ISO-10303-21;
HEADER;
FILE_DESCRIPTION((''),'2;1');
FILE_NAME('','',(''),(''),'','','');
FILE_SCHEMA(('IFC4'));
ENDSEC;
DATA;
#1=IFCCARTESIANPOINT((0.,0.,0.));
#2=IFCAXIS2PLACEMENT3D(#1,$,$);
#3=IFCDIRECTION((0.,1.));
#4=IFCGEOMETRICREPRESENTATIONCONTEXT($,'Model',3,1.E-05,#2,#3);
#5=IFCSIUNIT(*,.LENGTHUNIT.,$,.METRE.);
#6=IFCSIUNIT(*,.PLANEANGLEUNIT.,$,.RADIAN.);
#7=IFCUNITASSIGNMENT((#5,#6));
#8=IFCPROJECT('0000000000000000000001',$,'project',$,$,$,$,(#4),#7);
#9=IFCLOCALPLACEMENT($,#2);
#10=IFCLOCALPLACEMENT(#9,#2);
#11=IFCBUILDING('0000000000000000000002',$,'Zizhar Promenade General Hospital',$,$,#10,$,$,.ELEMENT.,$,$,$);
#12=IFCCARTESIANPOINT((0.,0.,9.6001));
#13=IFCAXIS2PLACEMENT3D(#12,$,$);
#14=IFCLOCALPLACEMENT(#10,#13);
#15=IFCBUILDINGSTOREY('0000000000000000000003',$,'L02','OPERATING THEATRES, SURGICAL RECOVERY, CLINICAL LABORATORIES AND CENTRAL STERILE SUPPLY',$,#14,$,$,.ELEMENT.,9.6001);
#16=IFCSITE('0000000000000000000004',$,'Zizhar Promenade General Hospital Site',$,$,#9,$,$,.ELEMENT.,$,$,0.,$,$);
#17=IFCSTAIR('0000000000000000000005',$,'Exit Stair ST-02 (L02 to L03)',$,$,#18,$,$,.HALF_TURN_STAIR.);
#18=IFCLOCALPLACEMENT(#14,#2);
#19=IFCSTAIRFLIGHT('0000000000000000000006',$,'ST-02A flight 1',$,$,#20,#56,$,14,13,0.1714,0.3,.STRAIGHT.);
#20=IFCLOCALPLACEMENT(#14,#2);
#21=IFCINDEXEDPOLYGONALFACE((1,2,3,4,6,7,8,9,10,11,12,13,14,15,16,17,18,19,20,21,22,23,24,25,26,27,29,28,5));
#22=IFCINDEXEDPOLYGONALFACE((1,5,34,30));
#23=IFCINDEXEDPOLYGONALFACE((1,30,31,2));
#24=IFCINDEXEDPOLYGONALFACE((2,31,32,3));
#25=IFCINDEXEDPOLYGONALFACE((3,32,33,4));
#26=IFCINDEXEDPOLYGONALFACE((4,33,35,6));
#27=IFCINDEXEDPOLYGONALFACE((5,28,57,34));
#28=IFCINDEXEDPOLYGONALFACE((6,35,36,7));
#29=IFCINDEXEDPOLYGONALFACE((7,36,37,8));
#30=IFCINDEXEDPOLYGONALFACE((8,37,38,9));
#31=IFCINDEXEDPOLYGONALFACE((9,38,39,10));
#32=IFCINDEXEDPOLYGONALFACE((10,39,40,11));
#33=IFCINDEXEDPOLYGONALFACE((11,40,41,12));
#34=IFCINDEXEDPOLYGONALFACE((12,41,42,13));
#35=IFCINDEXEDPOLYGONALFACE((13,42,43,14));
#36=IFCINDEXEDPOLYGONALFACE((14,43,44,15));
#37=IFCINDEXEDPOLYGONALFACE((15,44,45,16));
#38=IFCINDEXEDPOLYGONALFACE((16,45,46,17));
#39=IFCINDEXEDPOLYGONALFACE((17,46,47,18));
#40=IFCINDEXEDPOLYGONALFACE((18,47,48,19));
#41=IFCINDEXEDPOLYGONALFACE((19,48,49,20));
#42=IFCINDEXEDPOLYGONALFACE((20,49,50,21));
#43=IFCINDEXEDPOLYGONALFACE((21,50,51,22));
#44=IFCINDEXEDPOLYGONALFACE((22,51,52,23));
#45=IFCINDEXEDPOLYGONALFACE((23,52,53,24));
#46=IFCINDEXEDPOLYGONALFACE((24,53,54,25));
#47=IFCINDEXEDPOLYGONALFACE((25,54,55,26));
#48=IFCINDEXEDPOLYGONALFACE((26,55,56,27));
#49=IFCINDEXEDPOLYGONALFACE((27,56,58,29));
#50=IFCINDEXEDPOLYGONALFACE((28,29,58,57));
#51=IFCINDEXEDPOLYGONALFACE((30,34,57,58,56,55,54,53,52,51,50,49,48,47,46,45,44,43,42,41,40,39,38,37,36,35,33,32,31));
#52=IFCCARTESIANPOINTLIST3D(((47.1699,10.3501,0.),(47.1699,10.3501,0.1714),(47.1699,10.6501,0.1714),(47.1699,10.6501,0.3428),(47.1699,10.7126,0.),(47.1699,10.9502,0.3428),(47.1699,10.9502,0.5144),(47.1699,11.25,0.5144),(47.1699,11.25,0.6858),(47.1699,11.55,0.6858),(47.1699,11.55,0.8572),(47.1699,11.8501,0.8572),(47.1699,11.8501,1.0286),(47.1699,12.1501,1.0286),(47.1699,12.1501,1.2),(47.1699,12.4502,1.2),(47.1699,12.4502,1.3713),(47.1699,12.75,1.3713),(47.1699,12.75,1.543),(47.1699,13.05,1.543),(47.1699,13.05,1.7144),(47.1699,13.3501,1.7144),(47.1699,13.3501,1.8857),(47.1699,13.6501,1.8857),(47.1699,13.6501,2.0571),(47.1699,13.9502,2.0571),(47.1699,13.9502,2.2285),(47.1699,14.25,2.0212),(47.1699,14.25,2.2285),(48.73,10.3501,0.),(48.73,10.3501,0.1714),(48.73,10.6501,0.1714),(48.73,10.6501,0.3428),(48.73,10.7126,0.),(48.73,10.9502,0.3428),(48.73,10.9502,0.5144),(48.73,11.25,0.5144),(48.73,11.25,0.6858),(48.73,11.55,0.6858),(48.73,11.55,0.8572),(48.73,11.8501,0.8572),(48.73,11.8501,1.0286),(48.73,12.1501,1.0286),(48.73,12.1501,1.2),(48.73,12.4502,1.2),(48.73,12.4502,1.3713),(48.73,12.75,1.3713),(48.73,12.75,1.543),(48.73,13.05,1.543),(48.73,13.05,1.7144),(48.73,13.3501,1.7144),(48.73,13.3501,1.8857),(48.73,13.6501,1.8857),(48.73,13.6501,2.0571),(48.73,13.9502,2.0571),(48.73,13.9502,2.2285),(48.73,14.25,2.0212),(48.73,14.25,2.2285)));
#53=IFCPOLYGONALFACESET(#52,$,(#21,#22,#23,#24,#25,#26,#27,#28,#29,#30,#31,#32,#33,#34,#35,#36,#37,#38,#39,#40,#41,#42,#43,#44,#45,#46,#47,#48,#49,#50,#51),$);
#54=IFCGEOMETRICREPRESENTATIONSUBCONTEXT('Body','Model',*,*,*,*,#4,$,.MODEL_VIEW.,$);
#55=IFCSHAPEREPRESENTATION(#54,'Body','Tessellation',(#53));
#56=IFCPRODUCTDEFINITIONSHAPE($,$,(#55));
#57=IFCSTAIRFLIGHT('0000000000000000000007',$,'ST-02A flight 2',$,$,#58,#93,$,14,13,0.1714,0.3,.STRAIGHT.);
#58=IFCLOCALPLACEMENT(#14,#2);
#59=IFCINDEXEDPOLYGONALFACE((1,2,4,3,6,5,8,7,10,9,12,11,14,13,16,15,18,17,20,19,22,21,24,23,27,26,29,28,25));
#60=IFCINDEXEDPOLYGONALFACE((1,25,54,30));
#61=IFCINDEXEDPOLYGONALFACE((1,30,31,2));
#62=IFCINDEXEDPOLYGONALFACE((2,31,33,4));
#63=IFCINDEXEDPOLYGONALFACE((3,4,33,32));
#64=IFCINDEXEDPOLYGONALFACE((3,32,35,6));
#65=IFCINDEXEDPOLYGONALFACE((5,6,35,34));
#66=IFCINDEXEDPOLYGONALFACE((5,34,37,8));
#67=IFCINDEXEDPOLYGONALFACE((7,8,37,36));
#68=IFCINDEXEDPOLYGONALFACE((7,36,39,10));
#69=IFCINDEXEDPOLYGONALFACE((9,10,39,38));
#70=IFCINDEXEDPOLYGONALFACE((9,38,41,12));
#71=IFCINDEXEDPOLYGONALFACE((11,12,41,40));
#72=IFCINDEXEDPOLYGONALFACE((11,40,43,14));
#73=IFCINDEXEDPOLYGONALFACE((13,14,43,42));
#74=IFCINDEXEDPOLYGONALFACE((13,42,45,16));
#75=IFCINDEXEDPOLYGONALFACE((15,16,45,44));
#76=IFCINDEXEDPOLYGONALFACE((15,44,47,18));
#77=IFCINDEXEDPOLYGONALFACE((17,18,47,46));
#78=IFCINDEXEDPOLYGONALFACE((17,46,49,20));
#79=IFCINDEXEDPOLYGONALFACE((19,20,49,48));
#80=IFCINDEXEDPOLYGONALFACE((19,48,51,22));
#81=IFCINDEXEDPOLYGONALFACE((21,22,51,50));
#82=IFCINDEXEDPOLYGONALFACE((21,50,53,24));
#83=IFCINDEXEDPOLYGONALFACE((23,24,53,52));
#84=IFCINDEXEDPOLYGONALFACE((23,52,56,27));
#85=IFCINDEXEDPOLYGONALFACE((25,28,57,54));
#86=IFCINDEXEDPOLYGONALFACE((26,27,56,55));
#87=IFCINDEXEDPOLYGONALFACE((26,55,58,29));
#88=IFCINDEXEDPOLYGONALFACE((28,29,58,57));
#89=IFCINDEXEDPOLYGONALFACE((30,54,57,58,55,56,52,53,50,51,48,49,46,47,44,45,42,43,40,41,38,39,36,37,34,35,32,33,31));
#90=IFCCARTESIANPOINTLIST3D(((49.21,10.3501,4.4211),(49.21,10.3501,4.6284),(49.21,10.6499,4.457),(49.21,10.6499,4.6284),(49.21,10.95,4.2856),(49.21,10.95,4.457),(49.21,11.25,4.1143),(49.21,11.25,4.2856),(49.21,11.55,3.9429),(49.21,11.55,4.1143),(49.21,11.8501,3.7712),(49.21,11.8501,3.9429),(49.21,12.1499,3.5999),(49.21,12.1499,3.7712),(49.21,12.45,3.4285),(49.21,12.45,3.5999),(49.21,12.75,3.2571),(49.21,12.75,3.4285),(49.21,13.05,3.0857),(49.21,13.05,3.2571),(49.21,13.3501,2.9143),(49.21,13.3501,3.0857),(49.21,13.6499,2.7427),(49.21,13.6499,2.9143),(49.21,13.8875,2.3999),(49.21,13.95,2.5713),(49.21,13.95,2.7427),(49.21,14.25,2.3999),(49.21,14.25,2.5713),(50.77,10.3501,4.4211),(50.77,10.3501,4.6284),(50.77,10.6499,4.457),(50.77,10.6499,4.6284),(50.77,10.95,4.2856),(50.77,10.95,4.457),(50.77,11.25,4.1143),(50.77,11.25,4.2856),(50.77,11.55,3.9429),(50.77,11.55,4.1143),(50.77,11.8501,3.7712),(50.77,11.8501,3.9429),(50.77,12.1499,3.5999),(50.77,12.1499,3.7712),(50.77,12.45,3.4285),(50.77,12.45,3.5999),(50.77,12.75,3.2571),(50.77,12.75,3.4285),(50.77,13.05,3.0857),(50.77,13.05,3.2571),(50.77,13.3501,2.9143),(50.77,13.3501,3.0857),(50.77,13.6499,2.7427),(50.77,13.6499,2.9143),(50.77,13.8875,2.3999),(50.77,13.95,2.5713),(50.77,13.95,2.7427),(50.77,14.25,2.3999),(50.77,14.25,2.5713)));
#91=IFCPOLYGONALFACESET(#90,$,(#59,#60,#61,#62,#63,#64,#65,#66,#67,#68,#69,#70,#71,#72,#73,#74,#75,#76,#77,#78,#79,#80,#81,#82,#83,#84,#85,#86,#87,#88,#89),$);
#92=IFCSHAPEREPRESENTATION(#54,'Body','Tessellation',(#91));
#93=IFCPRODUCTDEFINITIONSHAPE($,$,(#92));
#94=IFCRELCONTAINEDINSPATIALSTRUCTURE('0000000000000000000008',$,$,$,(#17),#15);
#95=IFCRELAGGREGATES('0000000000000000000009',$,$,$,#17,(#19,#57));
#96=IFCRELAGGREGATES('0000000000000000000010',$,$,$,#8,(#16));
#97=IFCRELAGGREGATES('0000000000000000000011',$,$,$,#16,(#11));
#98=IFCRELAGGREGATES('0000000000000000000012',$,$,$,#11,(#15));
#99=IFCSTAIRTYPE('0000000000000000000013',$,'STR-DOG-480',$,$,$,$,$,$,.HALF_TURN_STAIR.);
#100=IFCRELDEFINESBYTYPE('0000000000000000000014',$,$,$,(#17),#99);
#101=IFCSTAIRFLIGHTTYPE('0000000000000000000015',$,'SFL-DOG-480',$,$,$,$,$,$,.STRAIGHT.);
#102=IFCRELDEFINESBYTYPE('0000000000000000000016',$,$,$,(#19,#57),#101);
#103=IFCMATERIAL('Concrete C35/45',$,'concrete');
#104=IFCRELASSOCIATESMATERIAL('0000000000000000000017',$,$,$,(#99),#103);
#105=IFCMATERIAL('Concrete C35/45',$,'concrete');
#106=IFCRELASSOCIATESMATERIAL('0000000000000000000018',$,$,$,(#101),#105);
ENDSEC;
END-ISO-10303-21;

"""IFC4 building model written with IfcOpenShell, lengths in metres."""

from ifc_helpers import new_model, si_unit, direction, frame, origin, place, context, subcontext, project, spatial, polyline, outline, extrude, material, type_object, element, aggregate, save


model = new_model("IFC4")

# Units and contexts
model_context = context("Model", 3, precision=1e-05, world=origin(), true_north=direction((0.0, 1.0)))
body_context = subcontext(model_context, "Body", "Model", "MODEL_VIEW")
ifc_project = project(units=[si_unit("LENGTHUNIT", "METRE"), si_unit("PLANEANGLEUNIT", "RADIAN")], contexts=[model_context])

# Site, building, storey
site_placement = place(None, origin())
site = spatial("IfcSite", under=ifc_project, at=site_placement, Name="Zizhar Promenade General Hospital Site", CompositionType="ELEMENT", RefElevation=0.0)
building_placement = place(site_placement, origin())
building = spatial("IfcBuilding", under=site, at=building_placement, Name="Zizhar Promenade General Hospital", CompositionType="ELEMENT")
storey_placement = place(building_placement, frame((0.0, 0.0, 9.6001)))
storey = spatial("IfcBuildingStorey", under=building, at=storey_placement, Name="L02", Description="OPERATING THEATRES, SURGICAL RECOVERY, CLINICAL LABORATORIES AND CENTRAL STERILE SUPPLY", CompositionType="ELEMENT", Elevation=9.6001)

# Stair, stair flights
ifc_material_1 = material(Name="Concrete C35/45", Category="concrete")
stair_type = type_object("IfcStairType", Name="STR-DOG-480", PredefinedType="HALF_TURN_STAIR", material=ifc_material_1)
stair_placement = place(storey_placement, origin())
stair = element("IfcStair", 1, at=stair_placement, inside=storey, type_object=stair_type, Name="Exit Stair ST-02 (L02 to L03)", PredefinedType="HALF_TURN_STAIR")
ifc_material_2 = material(Name="Concrete C35/45", Category="concrete")
stair_flight_type = type_object("IfcStairFlightType", Name="SFL-DOG-480", PredefinedType="STRAIGHT", material=ifc_material_2)
stair_flight_1_placement = place(storey_placement, frame((47.95, 10.3501, 0.0), z_axis=(0.0, 0.0, 1.0), x_axis=(0.0, 1.0, 0.0)))
stair_flight_1 = element("IfcStairFlight", 2, at=stair_flight_1_placement, type_object=stair_flight_type, Name="ST-02A flight 1", NumberOfRisers=14, NumberOfTreads=13, PredefinedType="STRAIGHT", RiserHeight=0.1714, TreadLength=0.3, context=body_context, shape_type="SweptSolid", body=[
    extrude(outline(polyline([(0.0, 0.0), (0.0, 0.1714), (0.3, 0.1714), (0.3, 0.3428), (0.6001, 0.3428), (0.6001, 0.5144), (0.8999, 0.5144), (0.8999, 0.6858), (1.2, 0.6858), (1.2, 0.8572), (1.5, 0.8572), (1.5, 1.0286), (1.8, 1.0286), (1.8, 1.2), (2.1001, 1.2), (2.1001, 1.3713), (2.3999, 1.3713), (2.3999, 1.543), (2.7, 1.543), (2.7, 1.7144), (3.0, 1.7144), (3.0, 1.8857), (3.3, 1.8857), (3.3, 2.0571), (3.6001, 2.0571), (3.6001, 2.2285), (3.8999, 2.2285), (3.8999, 2.3999), (3.8999, 2.0212), (0.3625, 0.0), (0.0, 0.0)])), frame((0.0, 0.78, 0.0), z_axis=(0.0, -1.0, 0.0), x_axis=(1.0, 0.0, 0.0)), (0.0, 0.0, 1.0), 1.5601),
])
stair_flight_2_placement = place(storey_placement, frame((49.99, 14.25, 2.3999), z_axis=(0.0, 0.0, 1.0), x_axis=(0.0, -1.0, 0.0)))
stair_flight_2 = element("IfcStairFlight", 3, at=stair_flight_2_placement, type_object=stair_flight_type, Name="ST-02A flight 2", NumberOfRisers=14, NumberOfTreads=13, PredefinedType="STRAIGHT", RiserHeight=0.1714, TreadLength=0.3, context=body_context, shape_type="SweptSolid", body=[
    extrude(outline(polyline([(0.0, 0.0), (0.0, 0.1714), (0.3, 0.1714), (0.3, 0.3428), (0.6001, 0.3428), (0.6001, 0.5144), (0.8999, 0.5144), (0.8999, 0.6858), (1.2, 0.6858), (1.2, 0.8572), (1.5, 0.8572), (1.5, 1.0286), (1.8, 1.0286), (1.8, 1.2), (2.1001, 1.2), (2.1001, 1.3713), (2.3999, 1.3713), (2.3999, 1.543), (2.7, 1.543), (2.7, 1.7144), (3.0, 1.7144), (3.0, 1.8857), (3.3, 1.8857), (3.3, 2.0571), (3.6001, 2.0571), (3.6001, 2.2285), (3.8999, 2.2285), (3.8999, 2.3999), (3.8999, 2.0212), (0.3625, 0.0), (0.0, 0.0)])), frame((0.0, 0.78, 0.0), z_axis=(0.0, -1.0, 0.0), x_axis=(1.0, 0.0, 0.0)), (0.0, 0.0, 1.0), 1.5601),
])
aggregate(stair, [stair_flight_1, stair_flight_2])

save(model, "model.ifc")
